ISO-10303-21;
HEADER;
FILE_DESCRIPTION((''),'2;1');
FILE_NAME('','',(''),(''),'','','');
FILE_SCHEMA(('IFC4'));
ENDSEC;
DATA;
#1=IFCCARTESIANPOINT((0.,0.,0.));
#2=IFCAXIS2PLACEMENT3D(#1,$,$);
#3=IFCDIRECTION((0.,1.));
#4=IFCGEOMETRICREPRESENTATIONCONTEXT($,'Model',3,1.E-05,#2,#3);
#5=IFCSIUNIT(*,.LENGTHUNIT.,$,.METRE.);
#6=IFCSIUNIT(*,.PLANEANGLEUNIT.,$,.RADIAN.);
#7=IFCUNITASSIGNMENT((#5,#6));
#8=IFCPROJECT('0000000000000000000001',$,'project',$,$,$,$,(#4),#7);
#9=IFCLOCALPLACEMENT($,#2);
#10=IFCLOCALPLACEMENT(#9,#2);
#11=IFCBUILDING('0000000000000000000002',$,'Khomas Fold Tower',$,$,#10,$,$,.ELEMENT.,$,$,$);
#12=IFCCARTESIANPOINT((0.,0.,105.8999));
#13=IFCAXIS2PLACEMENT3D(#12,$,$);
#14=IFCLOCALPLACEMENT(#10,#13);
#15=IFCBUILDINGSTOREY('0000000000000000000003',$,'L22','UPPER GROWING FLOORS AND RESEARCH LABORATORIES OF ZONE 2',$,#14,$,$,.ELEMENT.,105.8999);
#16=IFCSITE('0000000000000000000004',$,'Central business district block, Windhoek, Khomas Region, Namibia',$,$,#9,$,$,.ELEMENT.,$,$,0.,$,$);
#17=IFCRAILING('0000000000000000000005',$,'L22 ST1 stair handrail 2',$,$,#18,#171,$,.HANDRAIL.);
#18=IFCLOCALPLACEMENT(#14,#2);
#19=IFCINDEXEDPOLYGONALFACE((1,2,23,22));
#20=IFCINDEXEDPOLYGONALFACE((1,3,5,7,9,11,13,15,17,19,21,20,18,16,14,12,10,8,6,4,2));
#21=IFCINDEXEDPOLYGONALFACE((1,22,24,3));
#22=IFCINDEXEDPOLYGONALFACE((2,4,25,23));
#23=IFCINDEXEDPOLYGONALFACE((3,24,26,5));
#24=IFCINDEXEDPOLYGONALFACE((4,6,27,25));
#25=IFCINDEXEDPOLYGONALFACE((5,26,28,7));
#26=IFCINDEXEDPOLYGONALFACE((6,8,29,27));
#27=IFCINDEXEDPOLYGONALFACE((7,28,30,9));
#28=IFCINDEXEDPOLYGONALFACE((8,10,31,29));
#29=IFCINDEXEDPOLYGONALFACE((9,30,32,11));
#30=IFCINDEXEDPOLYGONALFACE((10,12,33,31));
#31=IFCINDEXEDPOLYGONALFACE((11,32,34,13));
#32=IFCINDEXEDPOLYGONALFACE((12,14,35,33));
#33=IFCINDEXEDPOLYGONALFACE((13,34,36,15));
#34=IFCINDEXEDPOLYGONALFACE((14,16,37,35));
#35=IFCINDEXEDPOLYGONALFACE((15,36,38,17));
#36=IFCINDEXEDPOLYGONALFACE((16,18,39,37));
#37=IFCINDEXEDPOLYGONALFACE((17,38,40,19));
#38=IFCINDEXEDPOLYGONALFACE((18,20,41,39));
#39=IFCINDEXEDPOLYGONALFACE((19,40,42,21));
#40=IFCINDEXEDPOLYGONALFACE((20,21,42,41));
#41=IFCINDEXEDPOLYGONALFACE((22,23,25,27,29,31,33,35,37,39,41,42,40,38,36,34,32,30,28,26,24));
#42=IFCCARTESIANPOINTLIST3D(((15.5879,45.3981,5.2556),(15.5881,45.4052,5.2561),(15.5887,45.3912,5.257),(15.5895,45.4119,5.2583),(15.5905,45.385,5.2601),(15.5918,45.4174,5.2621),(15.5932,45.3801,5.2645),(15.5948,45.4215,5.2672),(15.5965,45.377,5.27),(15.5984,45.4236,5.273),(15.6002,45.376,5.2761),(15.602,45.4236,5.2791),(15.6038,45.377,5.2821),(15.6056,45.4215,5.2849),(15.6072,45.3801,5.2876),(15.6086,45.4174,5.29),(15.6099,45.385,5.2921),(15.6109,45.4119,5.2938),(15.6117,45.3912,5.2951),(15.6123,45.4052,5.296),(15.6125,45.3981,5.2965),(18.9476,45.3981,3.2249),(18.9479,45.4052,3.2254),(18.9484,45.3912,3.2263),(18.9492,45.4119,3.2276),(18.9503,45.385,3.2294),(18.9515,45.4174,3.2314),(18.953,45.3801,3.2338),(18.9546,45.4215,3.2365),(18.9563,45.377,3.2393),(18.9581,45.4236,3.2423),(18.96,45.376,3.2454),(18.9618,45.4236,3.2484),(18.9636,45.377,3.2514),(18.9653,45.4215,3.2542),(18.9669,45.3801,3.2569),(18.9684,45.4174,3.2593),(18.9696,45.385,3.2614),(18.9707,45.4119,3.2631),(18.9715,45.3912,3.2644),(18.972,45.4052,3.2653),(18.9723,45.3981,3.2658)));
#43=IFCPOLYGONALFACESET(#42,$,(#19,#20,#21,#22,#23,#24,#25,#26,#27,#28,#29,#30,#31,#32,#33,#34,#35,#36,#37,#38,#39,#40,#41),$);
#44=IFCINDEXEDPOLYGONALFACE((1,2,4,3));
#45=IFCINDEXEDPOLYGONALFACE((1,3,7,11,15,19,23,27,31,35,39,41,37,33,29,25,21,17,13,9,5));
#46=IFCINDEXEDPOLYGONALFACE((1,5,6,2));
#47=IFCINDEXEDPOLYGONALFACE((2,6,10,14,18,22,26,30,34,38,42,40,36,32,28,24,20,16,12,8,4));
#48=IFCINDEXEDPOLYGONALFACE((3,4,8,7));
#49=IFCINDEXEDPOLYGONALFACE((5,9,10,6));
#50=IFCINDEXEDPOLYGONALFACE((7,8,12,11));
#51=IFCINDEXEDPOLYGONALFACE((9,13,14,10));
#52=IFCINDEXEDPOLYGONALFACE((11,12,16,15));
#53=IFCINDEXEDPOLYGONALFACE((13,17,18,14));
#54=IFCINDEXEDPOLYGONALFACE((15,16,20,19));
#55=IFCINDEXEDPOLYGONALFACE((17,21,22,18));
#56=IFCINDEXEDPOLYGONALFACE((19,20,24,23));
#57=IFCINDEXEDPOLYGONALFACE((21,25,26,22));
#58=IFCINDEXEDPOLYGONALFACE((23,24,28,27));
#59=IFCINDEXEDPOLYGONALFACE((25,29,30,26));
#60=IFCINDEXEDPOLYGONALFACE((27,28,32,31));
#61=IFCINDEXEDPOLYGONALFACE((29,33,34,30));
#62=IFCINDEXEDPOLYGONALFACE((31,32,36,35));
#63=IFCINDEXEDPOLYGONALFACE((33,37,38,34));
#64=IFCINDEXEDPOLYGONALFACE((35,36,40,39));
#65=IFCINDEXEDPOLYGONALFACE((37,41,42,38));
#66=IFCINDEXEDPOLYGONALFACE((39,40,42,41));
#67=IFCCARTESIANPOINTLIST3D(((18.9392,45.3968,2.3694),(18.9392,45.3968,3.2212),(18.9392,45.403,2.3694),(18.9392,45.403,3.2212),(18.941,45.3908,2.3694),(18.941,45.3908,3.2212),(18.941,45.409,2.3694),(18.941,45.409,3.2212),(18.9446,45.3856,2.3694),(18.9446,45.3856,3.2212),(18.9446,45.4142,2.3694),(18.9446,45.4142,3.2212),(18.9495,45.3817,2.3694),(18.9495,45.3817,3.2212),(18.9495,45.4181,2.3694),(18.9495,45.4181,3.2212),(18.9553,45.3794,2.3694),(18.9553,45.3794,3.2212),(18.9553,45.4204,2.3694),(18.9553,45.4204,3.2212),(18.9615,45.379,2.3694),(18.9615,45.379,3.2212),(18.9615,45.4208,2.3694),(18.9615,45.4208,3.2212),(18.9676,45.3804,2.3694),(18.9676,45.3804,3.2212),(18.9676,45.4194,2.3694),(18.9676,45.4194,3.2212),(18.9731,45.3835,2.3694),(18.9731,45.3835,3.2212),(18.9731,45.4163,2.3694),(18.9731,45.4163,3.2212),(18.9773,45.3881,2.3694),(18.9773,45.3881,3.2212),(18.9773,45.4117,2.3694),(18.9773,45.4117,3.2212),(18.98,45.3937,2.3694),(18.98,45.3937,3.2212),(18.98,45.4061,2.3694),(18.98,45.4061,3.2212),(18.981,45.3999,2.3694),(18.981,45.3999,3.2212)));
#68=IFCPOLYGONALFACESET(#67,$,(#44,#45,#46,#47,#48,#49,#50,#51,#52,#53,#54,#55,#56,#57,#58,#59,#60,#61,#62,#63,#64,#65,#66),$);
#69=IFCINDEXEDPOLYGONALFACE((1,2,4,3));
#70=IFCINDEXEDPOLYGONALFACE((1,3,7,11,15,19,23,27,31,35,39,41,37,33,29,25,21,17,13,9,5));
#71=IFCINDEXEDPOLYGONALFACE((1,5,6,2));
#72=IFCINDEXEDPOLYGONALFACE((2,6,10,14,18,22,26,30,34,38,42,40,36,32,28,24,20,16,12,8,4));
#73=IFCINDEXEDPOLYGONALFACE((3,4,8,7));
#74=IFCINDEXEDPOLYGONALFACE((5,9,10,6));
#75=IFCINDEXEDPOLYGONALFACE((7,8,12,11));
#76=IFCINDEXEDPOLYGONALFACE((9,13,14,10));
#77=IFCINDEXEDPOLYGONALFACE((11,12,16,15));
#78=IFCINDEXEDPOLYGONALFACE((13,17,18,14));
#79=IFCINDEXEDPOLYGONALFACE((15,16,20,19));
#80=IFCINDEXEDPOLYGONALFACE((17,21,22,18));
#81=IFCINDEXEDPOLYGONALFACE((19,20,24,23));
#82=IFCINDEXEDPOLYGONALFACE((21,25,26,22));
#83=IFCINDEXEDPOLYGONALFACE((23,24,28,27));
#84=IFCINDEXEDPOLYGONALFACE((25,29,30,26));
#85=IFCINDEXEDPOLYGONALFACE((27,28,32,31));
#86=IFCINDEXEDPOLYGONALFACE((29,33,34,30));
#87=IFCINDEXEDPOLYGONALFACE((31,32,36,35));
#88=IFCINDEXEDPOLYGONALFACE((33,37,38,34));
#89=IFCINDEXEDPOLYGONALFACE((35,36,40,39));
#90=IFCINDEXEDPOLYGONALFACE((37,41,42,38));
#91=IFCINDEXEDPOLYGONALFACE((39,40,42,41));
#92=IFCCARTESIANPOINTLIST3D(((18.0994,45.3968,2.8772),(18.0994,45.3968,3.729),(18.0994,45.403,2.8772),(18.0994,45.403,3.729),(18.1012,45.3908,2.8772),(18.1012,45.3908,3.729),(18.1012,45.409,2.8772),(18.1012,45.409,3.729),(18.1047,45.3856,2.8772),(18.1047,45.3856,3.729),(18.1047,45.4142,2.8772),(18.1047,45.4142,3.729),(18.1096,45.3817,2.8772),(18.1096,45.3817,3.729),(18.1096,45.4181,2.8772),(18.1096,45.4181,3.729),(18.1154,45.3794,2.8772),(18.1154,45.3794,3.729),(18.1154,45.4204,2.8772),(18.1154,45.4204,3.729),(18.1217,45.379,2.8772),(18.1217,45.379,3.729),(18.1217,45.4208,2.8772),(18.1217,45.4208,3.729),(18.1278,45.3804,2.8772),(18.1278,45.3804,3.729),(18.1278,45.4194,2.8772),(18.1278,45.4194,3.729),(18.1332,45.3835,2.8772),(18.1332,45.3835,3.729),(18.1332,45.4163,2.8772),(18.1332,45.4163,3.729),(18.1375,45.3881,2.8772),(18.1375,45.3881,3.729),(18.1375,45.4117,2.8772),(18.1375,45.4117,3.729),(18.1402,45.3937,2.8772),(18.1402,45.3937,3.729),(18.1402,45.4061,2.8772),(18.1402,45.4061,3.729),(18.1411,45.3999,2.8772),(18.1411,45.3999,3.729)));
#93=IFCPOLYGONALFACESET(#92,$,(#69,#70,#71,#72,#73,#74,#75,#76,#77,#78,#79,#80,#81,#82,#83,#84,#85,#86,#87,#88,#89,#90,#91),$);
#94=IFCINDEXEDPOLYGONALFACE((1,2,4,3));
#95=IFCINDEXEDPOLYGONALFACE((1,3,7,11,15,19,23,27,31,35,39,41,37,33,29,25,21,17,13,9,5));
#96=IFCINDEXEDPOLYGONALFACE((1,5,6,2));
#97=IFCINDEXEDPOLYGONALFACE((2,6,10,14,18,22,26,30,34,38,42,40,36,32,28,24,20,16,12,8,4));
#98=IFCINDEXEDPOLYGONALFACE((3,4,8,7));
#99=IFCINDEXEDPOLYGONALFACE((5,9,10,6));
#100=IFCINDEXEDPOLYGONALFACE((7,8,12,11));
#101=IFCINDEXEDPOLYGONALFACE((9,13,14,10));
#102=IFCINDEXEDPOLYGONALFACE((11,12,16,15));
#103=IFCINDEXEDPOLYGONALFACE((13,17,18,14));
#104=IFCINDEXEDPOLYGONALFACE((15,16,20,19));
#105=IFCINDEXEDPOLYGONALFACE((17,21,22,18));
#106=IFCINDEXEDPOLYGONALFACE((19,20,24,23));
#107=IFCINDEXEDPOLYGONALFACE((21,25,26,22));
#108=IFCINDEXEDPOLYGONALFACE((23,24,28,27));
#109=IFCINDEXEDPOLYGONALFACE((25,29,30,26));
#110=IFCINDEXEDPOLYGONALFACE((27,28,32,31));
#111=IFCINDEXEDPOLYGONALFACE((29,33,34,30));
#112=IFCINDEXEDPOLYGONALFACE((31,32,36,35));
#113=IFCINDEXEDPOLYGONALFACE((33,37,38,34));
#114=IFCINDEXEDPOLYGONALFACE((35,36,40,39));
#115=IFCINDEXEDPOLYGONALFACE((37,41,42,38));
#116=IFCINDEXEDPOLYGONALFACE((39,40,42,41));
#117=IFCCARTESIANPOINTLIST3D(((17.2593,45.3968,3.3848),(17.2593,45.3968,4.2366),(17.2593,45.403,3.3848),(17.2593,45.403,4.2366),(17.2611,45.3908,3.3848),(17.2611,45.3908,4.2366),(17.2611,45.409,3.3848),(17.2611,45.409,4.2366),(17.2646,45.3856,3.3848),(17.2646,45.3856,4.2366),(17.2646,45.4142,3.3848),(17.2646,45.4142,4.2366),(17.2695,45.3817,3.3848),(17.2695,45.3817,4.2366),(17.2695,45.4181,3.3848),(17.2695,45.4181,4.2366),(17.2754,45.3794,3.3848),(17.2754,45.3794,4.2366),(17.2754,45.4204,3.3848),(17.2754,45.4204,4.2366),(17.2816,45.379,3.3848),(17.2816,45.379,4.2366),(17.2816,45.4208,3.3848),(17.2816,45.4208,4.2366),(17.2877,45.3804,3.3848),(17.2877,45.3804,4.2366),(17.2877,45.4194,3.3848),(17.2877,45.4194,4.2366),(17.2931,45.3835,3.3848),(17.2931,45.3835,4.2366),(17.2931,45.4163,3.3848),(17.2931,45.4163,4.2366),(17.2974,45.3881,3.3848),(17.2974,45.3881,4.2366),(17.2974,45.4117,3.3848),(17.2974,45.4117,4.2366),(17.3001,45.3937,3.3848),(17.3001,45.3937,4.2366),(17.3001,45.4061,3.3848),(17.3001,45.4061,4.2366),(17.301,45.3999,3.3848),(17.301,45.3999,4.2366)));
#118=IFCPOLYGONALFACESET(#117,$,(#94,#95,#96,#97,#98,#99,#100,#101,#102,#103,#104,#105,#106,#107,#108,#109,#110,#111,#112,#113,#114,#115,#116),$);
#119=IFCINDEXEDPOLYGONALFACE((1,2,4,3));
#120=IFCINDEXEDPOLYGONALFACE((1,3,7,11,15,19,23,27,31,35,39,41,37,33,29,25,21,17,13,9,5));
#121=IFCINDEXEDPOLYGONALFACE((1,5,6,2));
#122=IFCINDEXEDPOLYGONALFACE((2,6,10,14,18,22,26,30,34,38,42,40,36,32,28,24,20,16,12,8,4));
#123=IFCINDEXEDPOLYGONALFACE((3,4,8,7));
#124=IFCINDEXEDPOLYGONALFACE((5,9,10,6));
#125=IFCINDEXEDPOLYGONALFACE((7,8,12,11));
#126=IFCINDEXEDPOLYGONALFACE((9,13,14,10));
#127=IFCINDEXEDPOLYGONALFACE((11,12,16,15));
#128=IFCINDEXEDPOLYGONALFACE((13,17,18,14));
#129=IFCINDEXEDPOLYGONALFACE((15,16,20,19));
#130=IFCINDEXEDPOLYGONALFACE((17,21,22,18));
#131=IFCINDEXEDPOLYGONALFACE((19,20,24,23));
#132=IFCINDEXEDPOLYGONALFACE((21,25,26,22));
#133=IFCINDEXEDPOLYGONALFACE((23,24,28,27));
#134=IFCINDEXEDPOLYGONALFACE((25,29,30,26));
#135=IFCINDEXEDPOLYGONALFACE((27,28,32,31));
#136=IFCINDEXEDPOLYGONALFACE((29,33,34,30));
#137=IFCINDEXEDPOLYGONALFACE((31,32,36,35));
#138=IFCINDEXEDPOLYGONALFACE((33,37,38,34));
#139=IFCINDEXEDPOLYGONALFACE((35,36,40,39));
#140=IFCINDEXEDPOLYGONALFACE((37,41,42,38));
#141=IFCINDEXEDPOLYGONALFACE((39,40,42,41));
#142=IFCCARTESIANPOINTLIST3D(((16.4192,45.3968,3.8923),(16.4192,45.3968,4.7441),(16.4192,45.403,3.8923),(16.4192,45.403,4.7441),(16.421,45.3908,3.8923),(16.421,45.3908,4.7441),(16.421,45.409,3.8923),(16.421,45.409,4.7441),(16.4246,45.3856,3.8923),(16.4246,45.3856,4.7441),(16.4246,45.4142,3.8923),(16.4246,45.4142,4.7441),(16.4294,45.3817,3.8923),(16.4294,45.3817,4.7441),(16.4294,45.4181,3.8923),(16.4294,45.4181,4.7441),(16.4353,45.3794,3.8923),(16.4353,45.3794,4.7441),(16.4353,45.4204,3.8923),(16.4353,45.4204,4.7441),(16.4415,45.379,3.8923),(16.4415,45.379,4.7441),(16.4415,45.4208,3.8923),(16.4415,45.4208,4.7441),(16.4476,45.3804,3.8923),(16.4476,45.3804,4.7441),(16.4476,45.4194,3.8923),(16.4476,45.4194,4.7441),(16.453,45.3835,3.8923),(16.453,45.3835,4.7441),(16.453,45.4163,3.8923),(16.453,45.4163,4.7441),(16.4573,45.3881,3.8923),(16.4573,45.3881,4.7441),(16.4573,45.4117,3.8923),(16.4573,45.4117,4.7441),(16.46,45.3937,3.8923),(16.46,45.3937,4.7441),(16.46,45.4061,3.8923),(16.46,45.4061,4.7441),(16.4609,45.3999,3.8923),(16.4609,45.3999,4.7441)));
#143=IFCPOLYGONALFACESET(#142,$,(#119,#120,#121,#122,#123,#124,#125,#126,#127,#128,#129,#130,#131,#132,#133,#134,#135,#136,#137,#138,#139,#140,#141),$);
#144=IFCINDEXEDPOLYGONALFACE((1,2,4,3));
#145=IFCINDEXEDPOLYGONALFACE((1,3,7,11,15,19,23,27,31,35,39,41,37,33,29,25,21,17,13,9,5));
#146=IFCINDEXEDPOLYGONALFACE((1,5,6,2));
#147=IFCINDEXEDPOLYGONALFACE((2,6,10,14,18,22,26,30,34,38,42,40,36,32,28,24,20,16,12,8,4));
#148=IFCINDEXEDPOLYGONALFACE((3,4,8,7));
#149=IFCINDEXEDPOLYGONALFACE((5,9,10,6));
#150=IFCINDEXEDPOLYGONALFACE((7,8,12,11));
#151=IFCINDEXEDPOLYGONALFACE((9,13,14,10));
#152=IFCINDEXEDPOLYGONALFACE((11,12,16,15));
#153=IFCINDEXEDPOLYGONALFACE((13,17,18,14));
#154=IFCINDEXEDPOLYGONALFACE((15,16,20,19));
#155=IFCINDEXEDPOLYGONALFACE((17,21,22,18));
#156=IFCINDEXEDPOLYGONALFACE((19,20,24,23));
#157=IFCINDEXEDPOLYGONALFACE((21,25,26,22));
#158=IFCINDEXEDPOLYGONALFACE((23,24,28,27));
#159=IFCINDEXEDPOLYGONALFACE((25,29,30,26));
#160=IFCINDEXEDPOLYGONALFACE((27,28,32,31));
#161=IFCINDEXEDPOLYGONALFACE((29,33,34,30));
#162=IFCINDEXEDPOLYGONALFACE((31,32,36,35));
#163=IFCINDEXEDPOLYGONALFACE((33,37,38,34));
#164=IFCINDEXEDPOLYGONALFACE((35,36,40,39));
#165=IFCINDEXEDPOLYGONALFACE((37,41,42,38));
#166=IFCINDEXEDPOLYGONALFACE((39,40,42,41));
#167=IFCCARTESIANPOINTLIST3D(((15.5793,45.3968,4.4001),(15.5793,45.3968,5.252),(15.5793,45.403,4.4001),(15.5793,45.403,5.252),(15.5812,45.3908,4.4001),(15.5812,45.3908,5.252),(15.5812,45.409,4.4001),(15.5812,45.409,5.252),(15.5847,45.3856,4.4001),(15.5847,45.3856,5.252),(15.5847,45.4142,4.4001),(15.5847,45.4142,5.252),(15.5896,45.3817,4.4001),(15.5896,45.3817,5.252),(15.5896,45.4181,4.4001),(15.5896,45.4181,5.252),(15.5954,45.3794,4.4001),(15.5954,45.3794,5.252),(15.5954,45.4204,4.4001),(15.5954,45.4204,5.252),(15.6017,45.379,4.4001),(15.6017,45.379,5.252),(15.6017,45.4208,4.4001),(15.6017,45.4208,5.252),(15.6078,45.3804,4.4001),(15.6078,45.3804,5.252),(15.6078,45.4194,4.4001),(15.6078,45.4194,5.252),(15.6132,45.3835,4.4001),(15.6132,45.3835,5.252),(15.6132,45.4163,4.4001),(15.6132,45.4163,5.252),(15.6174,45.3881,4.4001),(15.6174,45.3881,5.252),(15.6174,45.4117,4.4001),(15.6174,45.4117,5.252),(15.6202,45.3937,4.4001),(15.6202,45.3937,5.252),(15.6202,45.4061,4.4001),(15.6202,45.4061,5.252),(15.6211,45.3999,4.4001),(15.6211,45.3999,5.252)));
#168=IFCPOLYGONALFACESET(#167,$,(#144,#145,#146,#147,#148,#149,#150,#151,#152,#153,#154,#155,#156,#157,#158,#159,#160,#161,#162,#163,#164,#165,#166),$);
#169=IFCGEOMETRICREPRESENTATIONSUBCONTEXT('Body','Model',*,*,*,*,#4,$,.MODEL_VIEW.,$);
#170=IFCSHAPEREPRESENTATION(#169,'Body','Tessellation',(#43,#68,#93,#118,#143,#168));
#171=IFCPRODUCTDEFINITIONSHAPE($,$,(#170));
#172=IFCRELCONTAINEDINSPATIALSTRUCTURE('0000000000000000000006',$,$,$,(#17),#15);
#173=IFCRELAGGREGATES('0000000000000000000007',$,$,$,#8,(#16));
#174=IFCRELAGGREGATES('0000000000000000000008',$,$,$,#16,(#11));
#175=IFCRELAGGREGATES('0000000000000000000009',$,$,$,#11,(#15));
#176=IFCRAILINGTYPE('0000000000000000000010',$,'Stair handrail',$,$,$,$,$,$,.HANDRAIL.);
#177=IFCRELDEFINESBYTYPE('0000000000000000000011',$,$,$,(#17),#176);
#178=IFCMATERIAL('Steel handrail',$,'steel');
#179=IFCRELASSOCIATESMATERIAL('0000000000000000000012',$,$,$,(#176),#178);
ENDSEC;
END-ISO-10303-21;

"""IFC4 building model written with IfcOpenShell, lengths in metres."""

from ifc_helpers import new_model, si_unit, direction, frame, origin, origin_2d, place, context, subcontext, project, spatial, circle, extrude, source, transform, mapped, material, type_object, element, save


model = new_model("IFC4")

# Units and contexts
model_context = context("Model", 3, precision=1e-05, world=origin(), true_north=direction((0.0, 1.0)))
body_context = subcontext(model_context, "Body", "Model", "MODEL_VIEW")
ifc_project = project(units=[si_unit("LENGTHUNIT", "METRE"), si_unit("PLANEANGLEUNIT", "RADIAN")], contexts=[model_context])

# Site, building, storey
site_placement = place(None, origin())
site = spatial("IfcSite", under=ifc_project, at=site_placement, Name="Central business district block, Windhoek, Khomas Region, Namibia", CompositionType="ELEMENT", RefElevation=0.0)
building_placement = place(site_placement, origin())
building = spatial("IfcBuilding", under=site, at=building_placement, Name="Khomas Fold Tower", CompositionType="ELEMENT")
storey_placement = place(building_placement, frame((0.0, 0.0, 105.8999)))
storey = spatial("IfcBuildingStorey", under=building, at=storey_placement, Name="L22", Description="UPPER GROWING FLOORS AND RESEARCH LABORATORIES OF ZONE 2", CompositionType="ELEMENT", Elevation=105.8999)

# Railing
ifc_material_1 = material(Name="Steel handrail", Category="steel")
railing_type_1 = type_object("IfcRailingType", Name="Stair handrail", PredefinedType="HANDRAIL", material=ifc_material_1)
shared_shape_1 = source(origin(), body_context, "Body", "SweptSolid", [
    extrude(circle(Radius=0.0239, at=origin_2d()), frame((0.0, 0.0, 0.876), z_axis=(-0.85582, 0.0, 0.517273), x_axis=(0.0, -1.0, 0.0)), (0.0, 0.0, 1.0), 3.9258),
    extrude(circle(Radius=0.021, at=origin_2d()), origin(), (0.0, 0.0, 1.0), 0.8518),
    extrude(circle(Radius=0.021, at=origin_2d()), frame((-0.8398, 0.0, 0.5078)), (0.0, 0.0, 1.0), 0.8518),
    extrude(circle(Radius=0.021, at=origin_2d()), frame((-1.6799, 0.0, 1.0154)), (0.0, 0.0, 1.0), 0.8518),
    extrude(circle(Radius=0.021, at=origin_2d()), frame((-2.52, 0.0, 1.5229)), (0.0, 0.0, 1.0), 0.8518),
    extrude(circle(Radius=0.021, at=origin_2d()), frame((-3.3599, 0.0, 2.0308)), (0.0, 0.0, 1.0), 0.8518),
])
railing_1_placement = place(storey_placement, frame((18.96, 45.3999, 2.3694)))
element("IfcRailing", 1, at=railing_1_placement, inside=storey, type_object=railing_type_1, Name="L22 ST1 stair handrail 2", PredefinedType="HANDRAIL", context=body_context, shape_type="MappedRepresentation", body=[
    mapped(shared_shape_1, transform((0.0, 0.0, 0.0))),
])

save(model, "model.ifc")
